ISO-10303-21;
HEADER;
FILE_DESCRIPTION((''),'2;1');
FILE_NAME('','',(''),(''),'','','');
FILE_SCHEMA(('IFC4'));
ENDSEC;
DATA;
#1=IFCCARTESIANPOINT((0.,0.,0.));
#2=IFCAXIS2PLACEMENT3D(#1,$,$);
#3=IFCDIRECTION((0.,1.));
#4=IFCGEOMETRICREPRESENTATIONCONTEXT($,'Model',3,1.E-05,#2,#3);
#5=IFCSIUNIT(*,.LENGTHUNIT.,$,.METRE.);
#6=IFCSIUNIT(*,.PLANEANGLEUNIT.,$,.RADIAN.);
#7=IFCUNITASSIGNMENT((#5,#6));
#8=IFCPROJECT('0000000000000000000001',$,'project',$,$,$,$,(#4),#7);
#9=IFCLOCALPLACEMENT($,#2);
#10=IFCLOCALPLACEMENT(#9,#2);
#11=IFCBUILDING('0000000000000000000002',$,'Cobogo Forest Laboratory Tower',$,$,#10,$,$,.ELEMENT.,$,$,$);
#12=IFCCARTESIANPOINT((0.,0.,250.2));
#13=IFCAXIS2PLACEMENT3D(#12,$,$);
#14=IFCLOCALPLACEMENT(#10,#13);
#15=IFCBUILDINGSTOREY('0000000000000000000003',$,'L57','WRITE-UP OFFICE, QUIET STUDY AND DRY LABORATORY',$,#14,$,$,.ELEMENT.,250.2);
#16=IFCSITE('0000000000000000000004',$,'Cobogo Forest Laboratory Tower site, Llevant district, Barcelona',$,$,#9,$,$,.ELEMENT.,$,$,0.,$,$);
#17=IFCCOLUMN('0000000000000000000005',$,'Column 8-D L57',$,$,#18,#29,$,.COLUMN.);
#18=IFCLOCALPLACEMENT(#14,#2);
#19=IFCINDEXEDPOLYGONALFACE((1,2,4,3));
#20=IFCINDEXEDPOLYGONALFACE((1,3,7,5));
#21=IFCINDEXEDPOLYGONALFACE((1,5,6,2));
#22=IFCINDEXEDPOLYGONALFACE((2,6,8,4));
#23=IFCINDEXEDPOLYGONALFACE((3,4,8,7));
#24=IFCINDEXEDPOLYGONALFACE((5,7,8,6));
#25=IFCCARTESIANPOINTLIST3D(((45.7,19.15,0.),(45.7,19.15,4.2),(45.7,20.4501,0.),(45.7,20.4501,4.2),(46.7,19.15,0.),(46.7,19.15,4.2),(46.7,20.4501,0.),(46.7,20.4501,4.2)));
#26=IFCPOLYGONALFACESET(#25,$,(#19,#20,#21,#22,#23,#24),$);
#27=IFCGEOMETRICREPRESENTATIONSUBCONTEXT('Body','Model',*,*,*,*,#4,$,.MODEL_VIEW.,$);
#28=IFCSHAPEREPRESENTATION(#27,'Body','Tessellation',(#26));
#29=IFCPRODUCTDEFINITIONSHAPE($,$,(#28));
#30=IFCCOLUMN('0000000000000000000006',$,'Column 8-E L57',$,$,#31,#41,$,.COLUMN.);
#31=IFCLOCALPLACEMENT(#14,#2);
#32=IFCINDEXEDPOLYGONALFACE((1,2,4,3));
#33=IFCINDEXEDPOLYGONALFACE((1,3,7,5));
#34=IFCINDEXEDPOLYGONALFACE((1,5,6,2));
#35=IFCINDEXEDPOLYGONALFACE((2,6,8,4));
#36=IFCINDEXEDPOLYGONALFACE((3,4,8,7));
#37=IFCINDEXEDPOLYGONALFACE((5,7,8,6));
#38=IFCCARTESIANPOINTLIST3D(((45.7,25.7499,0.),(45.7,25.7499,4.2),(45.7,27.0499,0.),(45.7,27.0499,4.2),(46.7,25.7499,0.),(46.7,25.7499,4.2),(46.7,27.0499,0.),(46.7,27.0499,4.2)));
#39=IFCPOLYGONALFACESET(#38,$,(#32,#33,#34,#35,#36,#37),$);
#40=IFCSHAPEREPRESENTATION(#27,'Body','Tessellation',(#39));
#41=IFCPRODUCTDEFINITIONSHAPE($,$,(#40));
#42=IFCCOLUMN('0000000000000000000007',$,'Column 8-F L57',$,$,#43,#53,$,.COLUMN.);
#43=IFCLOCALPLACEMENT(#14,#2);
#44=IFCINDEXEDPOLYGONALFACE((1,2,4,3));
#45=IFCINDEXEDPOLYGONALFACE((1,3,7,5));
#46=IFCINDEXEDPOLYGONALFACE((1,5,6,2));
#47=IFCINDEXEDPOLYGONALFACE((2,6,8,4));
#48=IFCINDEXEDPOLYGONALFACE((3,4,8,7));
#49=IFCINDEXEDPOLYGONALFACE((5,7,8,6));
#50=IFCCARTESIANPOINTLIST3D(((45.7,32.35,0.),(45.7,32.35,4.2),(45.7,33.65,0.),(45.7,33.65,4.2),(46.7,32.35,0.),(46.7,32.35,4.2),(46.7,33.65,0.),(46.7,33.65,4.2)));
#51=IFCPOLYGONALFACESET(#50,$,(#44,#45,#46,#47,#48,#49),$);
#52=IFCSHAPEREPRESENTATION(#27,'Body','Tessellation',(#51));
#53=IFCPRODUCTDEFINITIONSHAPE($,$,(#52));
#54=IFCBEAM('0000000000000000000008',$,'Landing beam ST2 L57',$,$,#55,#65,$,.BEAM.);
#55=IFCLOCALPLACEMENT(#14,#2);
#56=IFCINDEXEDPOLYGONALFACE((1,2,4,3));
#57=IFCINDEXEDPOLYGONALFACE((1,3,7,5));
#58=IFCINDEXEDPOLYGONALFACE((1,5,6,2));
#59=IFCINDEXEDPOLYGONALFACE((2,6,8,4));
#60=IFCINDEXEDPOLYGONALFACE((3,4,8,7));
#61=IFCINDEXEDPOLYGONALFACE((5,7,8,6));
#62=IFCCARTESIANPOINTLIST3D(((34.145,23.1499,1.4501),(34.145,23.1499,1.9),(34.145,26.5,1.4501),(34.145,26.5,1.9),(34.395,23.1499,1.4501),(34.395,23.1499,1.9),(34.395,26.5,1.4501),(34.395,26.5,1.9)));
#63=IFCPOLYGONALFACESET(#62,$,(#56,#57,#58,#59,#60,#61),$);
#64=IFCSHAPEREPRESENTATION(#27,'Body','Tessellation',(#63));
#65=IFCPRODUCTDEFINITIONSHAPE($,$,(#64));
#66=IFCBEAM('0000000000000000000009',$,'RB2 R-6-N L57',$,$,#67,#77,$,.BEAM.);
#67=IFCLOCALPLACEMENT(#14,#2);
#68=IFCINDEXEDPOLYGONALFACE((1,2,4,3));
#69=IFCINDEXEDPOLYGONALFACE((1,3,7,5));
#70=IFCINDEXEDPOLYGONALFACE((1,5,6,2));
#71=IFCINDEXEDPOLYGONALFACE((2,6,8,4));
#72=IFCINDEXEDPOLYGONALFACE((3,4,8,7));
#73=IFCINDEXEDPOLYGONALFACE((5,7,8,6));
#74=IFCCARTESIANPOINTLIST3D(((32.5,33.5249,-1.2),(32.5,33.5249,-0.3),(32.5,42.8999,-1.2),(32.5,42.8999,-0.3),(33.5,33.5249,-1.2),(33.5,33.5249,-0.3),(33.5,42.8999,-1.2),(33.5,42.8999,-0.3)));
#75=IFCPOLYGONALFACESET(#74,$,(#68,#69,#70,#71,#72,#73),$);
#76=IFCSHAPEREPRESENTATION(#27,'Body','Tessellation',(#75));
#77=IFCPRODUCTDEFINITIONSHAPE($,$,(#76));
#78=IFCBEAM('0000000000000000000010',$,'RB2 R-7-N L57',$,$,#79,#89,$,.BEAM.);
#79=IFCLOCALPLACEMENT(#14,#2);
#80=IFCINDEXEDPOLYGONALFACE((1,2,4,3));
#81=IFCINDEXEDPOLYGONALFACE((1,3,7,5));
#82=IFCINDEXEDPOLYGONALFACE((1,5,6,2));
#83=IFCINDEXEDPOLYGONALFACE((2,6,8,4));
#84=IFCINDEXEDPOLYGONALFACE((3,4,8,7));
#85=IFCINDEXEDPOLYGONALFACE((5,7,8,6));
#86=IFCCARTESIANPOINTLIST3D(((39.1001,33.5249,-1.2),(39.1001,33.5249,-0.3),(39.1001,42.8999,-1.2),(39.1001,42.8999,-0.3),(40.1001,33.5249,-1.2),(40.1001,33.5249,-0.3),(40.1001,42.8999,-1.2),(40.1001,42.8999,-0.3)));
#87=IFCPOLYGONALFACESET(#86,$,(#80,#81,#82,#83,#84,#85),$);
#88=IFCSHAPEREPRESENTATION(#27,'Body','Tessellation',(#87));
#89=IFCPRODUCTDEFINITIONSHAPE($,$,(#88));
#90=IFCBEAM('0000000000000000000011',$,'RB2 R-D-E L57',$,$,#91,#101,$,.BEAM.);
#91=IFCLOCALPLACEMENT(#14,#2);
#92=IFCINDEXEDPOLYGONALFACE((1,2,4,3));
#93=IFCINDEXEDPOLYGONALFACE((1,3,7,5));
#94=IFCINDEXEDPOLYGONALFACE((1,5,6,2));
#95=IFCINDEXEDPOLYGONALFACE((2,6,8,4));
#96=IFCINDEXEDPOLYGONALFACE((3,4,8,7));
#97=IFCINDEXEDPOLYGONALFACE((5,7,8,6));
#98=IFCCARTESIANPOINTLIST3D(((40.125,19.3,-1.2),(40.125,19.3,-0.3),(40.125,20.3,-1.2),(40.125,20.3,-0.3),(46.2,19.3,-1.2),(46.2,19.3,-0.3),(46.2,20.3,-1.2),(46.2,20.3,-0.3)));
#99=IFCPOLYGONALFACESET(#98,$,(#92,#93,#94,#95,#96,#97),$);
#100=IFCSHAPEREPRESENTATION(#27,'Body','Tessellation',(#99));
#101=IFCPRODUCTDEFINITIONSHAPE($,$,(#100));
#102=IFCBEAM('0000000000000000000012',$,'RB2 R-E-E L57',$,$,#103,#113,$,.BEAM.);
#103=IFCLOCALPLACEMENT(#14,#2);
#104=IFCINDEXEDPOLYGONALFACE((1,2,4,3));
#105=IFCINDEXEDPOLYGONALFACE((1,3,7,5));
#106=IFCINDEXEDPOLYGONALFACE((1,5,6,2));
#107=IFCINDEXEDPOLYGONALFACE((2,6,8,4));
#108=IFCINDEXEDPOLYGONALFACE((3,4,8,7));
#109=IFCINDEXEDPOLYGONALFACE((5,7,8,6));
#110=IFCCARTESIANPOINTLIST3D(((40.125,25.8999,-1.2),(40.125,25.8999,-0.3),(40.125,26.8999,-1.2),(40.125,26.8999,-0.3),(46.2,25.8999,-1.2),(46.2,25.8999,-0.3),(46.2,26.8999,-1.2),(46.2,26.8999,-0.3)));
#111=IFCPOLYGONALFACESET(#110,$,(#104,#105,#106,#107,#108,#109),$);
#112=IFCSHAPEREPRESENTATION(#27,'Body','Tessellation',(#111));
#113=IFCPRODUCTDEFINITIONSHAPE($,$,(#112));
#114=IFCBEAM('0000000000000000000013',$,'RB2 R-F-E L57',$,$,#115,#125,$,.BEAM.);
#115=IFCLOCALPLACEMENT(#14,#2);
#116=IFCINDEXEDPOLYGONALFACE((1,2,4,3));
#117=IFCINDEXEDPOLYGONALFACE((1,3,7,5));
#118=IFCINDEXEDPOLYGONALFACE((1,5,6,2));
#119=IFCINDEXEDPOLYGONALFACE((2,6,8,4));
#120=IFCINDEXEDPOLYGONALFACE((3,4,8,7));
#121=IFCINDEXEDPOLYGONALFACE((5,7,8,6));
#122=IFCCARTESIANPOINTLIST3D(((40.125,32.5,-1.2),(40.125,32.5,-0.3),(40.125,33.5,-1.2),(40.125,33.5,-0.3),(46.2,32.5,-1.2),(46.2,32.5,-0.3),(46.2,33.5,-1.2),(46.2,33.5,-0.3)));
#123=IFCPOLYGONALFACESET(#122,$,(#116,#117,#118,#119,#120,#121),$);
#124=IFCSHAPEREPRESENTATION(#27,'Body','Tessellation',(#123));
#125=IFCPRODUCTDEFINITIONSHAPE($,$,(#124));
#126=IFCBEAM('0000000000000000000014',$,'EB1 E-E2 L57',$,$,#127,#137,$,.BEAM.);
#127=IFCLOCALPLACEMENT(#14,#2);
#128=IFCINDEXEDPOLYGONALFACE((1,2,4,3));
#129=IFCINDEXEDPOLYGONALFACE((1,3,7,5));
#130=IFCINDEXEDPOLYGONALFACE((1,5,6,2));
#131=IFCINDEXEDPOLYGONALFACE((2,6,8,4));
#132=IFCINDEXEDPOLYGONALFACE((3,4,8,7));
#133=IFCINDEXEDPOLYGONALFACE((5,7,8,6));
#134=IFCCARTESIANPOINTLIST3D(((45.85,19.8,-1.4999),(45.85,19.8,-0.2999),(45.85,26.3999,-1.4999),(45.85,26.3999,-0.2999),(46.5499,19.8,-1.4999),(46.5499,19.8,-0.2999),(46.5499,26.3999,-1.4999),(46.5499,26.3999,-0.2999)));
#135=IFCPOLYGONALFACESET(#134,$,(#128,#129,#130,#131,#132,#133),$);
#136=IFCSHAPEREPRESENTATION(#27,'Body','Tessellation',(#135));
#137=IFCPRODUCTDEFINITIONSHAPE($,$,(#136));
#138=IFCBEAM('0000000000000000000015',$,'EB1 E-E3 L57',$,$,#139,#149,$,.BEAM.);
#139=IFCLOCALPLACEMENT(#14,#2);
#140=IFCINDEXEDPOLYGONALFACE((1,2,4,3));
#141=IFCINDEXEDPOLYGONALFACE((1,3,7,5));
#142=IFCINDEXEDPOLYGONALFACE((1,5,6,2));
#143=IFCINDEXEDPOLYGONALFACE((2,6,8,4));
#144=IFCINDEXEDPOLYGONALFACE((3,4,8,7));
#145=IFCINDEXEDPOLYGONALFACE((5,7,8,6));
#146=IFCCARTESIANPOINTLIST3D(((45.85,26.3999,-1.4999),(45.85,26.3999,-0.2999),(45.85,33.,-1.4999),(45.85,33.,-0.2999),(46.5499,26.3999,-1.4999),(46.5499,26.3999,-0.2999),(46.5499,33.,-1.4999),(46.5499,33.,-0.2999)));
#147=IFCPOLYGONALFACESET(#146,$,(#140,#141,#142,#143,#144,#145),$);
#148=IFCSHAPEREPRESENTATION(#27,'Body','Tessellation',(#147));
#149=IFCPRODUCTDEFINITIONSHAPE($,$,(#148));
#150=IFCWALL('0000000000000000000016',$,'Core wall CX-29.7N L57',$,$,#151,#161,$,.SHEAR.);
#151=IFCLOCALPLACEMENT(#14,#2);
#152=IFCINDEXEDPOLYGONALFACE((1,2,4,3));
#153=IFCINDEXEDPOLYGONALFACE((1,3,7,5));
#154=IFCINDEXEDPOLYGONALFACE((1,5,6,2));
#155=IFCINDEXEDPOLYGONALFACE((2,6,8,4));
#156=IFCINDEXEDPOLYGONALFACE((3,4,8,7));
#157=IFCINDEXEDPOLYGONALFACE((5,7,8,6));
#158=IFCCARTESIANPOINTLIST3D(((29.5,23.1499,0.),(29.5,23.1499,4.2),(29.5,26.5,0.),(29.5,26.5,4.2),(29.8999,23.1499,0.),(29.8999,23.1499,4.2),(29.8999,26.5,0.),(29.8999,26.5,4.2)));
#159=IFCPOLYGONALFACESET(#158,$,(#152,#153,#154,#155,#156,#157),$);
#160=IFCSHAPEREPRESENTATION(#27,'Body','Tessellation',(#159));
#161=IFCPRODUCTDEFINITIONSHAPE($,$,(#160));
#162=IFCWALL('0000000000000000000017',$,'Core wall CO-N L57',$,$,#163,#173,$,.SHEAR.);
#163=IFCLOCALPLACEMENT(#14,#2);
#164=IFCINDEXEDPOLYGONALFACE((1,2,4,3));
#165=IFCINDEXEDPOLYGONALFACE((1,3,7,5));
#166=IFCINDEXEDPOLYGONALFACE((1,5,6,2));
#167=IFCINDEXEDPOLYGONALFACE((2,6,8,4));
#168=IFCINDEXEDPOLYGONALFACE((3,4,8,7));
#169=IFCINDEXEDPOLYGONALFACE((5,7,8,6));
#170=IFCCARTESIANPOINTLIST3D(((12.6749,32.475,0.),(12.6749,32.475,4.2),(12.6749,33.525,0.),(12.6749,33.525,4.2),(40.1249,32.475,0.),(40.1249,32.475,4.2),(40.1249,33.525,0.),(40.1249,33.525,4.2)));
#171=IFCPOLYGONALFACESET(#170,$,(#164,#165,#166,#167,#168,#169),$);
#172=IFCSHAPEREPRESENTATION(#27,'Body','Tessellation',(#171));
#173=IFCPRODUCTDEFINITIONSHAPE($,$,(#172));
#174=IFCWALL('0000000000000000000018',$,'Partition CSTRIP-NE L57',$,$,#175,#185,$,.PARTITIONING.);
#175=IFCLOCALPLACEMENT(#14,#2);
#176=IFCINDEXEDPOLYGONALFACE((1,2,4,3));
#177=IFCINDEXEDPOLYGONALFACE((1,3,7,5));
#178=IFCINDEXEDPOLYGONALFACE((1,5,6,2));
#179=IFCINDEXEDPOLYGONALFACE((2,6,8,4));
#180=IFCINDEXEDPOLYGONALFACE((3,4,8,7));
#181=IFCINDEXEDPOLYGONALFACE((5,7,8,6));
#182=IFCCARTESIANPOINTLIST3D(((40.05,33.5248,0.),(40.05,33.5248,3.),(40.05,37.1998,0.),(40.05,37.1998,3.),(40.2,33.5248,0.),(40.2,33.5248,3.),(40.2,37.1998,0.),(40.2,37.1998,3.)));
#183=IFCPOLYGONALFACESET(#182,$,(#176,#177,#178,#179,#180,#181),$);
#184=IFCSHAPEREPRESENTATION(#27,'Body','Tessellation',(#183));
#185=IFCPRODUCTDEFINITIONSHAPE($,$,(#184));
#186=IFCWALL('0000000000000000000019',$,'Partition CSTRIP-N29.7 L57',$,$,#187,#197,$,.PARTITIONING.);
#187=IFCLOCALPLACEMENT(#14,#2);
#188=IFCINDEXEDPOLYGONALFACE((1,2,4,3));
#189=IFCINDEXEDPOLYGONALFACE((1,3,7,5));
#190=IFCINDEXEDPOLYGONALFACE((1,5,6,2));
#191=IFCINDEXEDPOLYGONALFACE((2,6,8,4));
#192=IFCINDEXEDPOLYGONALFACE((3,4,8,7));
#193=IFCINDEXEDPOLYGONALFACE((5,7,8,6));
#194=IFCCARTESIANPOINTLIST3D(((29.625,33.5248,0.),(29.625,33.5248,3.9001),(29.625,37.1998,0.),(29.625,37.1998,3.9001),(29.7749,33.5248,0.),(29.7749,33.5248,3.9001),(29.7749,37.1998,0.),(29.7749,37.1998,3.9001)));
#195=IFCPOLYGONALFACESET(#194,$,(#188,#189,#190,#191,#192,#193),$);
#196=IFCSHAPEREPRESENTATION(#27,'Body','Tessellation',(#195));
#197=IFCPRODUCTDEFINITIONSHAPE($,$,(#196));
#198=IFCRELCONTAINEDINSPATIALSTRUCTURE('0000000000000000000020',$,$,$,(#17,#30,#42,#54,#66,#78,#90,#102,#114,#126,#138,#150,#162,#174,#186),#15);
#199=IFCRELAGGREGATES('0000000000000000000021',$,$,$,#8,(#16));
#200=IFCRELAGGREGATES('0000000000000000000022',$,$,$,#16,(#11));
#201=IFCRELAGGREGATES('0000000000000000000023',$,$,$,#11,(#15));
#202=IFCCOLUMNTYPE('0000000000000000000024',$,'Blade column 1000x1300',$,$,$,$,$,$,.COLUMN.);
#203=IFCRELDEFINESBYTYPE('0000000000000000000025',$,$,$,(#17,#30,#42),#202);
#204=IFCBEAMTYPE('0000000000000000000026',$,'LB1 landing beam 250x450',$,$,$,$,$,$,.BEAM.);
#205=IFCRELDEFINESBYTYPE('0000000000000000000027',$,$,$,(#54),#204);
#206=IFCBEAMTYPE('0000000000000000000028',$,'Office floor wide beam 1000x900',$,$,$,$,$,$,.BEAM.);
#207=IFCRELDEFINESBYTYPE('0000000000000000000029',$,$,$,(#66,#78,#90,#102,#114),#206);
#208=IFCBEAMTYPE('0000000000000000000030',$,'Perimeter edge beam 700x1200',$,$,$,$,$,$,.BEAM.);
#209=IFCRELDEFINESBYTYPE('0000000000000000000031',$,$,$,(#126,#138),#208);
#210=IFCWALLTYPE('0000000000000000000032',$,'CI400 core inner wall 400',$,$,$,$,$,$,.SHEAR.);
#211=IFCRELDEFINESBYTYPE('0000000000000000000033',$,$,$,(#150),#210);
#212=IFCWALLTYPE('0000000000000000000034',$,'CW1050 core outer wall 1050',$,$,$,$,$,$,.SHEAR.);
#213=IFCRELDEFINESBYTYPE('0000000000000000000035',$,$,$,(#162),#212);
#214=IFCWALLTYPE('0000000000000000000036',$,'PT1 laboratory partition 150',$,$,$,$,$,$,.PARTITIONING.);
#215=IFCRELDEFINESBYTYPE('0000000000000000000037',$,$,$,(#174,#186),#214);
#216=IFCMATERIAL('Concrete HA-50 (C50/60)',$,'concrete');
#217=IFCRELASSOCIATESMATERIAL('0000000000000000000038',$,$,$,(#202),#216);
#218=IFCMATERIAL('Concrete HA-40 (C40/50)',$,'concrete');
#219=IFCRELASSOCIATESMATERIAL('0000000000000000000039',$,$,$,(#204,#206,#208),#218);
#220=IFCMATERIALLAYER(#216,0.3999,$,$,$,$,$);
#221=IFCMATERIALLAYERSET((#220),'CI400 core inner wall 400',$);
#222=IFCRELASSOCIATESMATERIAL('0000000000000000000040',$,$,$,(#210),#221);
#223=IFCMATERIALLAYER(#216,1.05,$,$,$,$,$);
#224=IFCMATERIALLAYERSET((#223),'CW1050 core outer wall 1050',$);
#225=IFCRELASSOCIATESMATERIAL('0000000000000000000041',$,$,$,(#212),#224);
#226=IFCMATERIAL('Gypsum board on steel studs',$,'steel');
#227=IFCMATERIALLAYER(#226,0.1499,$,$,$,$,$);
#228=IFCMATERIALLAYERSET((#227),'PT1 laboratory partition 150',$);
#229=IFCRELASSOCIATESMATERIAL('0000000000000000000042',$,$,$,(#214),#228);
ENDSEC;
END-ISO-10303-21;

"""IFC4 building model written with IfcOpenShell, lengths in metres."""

from ifc_helpers import new_model, si_unit, direction, frame, frame_2d, origin, origin_2d, place, context, subcontext, project, spatial, rectangle, extrude, material, layer, layer_set, material_profile, profile_set, type_object, element, save


model = new_model("IFC4")

# Units and contexts
model_context = context("Model", 3, precision=1e-05, world=origin(), true_north=direction((0.0, 1.0)))
body_context = subcontext(model_context, "Body", "Model", "MODEL_VIEW")
ifc_project = project(units=[si_unit("LENGTHUNIT", "METRE"), si_unit("PLANEANGLEUNIT", "RADIAN")], contexts=[model_context])

# Site, building, storey
site_placement = place(None, origin())
site = spatial("IfcSite", under=ifc_project, at=site_placement, Name="Cobogo Forest Laboratory Tower site, Llevant district, Barcelona", CompositionType="ELEMENT", RefElevation=0.0)
building_placement = place(site_placement, origin())
building = spatial("IfcBuilding", under=site, at=building_placement, Name="Cobogo Forest Laboratory Tower", CompositionType="ELEMENT")
storey_placement = place(building_placement, frame((0.0, 0.0, 250.2)))
storey = spatial("IfcBuildingStorey", under=building, at=storey_placement, Name="L57", Description="WRITE-UP OFFICE, QUIET STUDY AND DRY LABORATORY", CompositionType="ELEMENT", Elevation=250.2)

# Columns
ifc_material_1 = material(Name="Concrete HA-50 (C50/60)", Category="concrete")
ifc_material_profile_1 = material_profile(ifc_material_1, rectangle(XDim=1.3, YDim=1.0, at=origin_2d()), Name="RC 1000x1300")
ifc_profile_set_1 = profile_set([ifc_material_profile_1], Name="Concrete HA-50 (C50/60)")
column_type = type_object("IfcColumnType", Name="Blade column 1000x1300", PredefinedType="COLUMN", material=ifc_profile_set_1)
for number, where, z_axis, x_axis, name in (
    (1, (46.2, 19.8, 0.0), (0.0, 0.0, 1.0), (0.0, 1.0, 0.0), "Column 8-D L57"),
    (2, (46.2, 26.3999, 0.0), (0.0, 0.0, 1.0), (0.0, 1.0, 0.0), "Column 8-E L57"),
    (3, (46.2, 33.0, 0.0), (0.0, 0.0, 1.0), (0.0, 1.0, 0.0), "Column 8-F L57"),
):
    element("IfcColumn", number, at=place(storey_placement, frame(where, z_axis=z_axis, x_axis=x_axis)), inside=storey, type_object=column_type, Name=name, PredefinedType="COLUMN", context=body_context, shape_type="SweptSolid", body=[
        extrude(rectangle(XDim=1.3, YDim=1.0, at=origin_2d()), origin(), (0.0, 0.0, 1.0), 4.2),
    ])

# Beams
ifc_material_2 = material(Name="Concrete HA-40 (C40/50)", Category="concrete")
ifc_material_profile_2 = material_profile(ifc_material_2, rectangle(XDim=0.25, YDim=0.45, at=origin_2d()), Name="RC 250x450")
ifc_profile_set_2 = profile_set([ifc_material_profile_2], Name="Concrete HA-40 (C40/50)")
beam_type_1 = type_object("IfcBeamType", Name="LB1 landing beam 250x450", PredefinedType="BEAM", material=ifc_profile_set_2)
beam_1_placement = place(storey_placement, frame((34.27, 23.1499, 1.675), z_axis=(0.0, 1.0, 0.0), x_axis=(-1.0, 0.0, 0.0)))
element("IfcBeam", 4, at=beam_1_placement, inside=storey, type_object=beam_type_1, Name="Landing beam ST2 L57", PredefinedType="BEAM", context=body_context, shape_type="SweptSolid", body=[
    extrude(rectangle(XDim=0.25, YDim=0.45, at=origin_2d()), origin(), (0.0, 0.0, 1.0), 3.3501),
])
ifc_material_profile_3 = material_profile(ifc_material_2, rectangle(XDim=1.0, YDim=0.8999, at=origin_2d()), Name="RC 1000x900")
ifc_profile_set_3 = profile_set([ifc_material_profile_3], Name="Concrete HA-40 (C40/50)")
beam_type_2 = type_object("IfcBeamType", Name="Office floor wide beam 1000x900", PredefinedType="BEAM", material=ifc_profile_set_3)
for number, where, z_axis, x_axis, name in (
    (5, (33.0, 33.5249, -0.75), (0.0, 1.0, 0.0), (-1.0, 0.0, 0.0), "RB2 R-6-N L57"),
    (6, (39.6001, 33.5249, -0.75), (0.0, 1.0, 0.0), (-1.0, 0.0, 0.0), "RB2 R-7-N L57"),
):
    element("IfcBeam", number, at=place(storey_placement, frame(where, z_axis=z_axis, x_axis=x_axis)), inside=storey, type_object=beam_type_2, Name=name, PredefinedType="BEAM", context=body_context, shape_type="SweptSolid", body=[
        extrude(rectangle(XDim=1.0, YDim=0.8999, at=origin_2d()), origin(), (0.0, 0.0, 1.0), 9.375),
    ])
for number, where, z_axis, x_axis, name in (
    (7, (40.125, 19.8, -0.75), (1.0, 0.0, 0.0), (0.0, 1.0, 0.0), "RB2 R-D-E L57"),
    (8, (40.125, 26.3999, -0.75), (1.0, 0.0, 0.0), (0.0, 1.0, 0.0), "RB2 R-E-E L57"),
    (9, (40.125, 33.0, -0.75), (1.0, 0.0, 0.0), (0.0, 1.0, 0.0), "RB2 R-F-E L57"),
):
    element("IfcBeam", number, at=place(storey_placement, frame(where, z_axis=z_axis, x_axis=x_axis)), inside=storey, type_object=beam_type_2, Name=name, PredefinedType="BEAM", context=body_context, shape_type="SweptSolid", body=[
        extrude(rectangle(XDim=1.0, YDim=0.8999, at=origin_2d()), origin(), (0.0, 0.0, 1.0), 6.075),
    ])
ifc_material_profile_4 = material_profile(ifc_material_2, rectangle(XDim=0.7, YDim=1.2, at=origin_2d()), Name="RC 700x1200")
ifc_profile_set_4 = profile_set([ifc_material_profile_4], Name="Concrete HA-40 (C40/50)")
beam_type_3 = type_object("IfcBeamType", Name="Perimeter edge beam 700x1200", PredefinedType="BEAM", material=ifc_profile_set_4)
beam_2_placement = place(storey_placement, frame((46.2, 19.8, -0.8999), z_axis=(0.0, 1.0, 0.0), x_axis=(-1.0, 0.0, 0.0)))
element("IfcBeam", 10, at=beam_2_placement, inside=storey, type_object=beam_type_3, Name="EB1 E-E2 L57", PredefinedType="BEAM", context=body_context, shape_type="SweptSolid", body=[
    extrude(rectangle(XDim=0.7, YDim=1.2, at=origin_2d()), origin(), (0.0, 0.0, 1.0), 6.5999),
])
beam_3_placement = place(storey_placement, frame((46.2, 26.3999, -0.8999), z_axis=(0.0, 1.0, 0.0), x_axis=(-1.0, 0.0, 0.0)))
element("IfcBeam", 11, at=beam_3_placement, inside=storey, type_object=beam_type_3, Name="EB1 E-E3 L57", PredefinedType="BEAM", context=body_context, shape_type="SweptSolid", body=[
    extrude(rectangle(XDim=0.7, YDim=1.2, at=origin_2d()), origin(), (0.0, 0.0, 1.0), 6.6001),
])

# Walls
ifc_layer_1 = layer(ifc_material_1, 0.3999)
ifc_layer_set_1 = layer_set([ifc_layer_1], Name="CI400 core inner wall 400")
wall_type_1 = type_object("IfcWallType", Name="CI400 core inner wall 400", PredefinedType="SHEAR", material=ifc_layer_set_1)
wall_1_placement = place(storey_placement, frame((29.7, 23.1499, 0.0), z_axis=(0.0, 0.0, 1.0), x_axis=(0.0, 1.0, 0.0)))
element("IfcWall", 12, at=wall_1_placement, inside=storey, type_object=wall_type_1, Name="Core wall CX-29.7N L57", PredefinedType="SHEAR", context=body_context, shape_type="SweptSolid", body=[
    extrude(rectangle(XDim=3.3501, YDim=0.3999, at=frame_2d((1.675, 0.0))), origin(), (0.0, 0.0, 1.0), 4.2),
])
ifc_layer_2 = layer(ifc_material_1, 1.05)
ifc_layer_set_2 = layer_set([ifc_layer_2], Name="CW1050 core outer wall 1050")
wall_type_2 = type_object("IfcWallType", Name="CW1050 core outer wall 1050", PredefinedType="SHEAR", material=ifc_layer_set_2)
wall_2_placement = place(storey_placement, frame((40.125, 33.0, 0.0), z_axis=(0.0, 0.0, 1.0), x_axis=(-1.0, 0.0, 0.0)))
element("IfcWall", 13, at=wall_2_placement, inside=storey, type_object=wall_type_2, Name="Core wall CO-N L57", PredefinedType="SHEAR", context=body_context, shape_type="SweptSolid", body=[
    extrude(rectangle(XDim=27.45, YDim=1.05, at=frame_2d((13.7251, 0.0))), origin(), (0.0, 0.0, 1.0), 4.2),
])
ifc_material_3 = material(Name="Gypsum board on steel studs", Category="steel")
ifc_layer_3 = layer(ifc_material_3, 0.1499)
ifc_layer_set_3 = layer_set([ifc_layer_3], Name="PT1 laboratory partition 150")
wall_type_3 = type_object("IfcWallType", Name="PT1 laboratory partition 150", PredefinedType="PARTITIONING", material=ifc_layer_set_3)
wall_3_placement = place(storey_placement, frame((40.125, 33.5249, 0.0), z_axis=(0.0, 0.0, 1.0), x_axis=(0.0, 1.0, 0.0)))
element("IfcWall", 14, at=wall_3_placement, inside=storey, type_object=wall_type_3, Name="Partition CSTRIP-NE L57", PredefinedType="PARTITIONING", context=body_context, shape_type="SweptSolid", body=[
    extrude(rectangle(XDim=3.675, YDim=0.1499, at=frame_2d((1.8374, 0.0))), origin(), (0.0, 0.0, 1.0), 3.0),
])
wall_4_placement = place(storey_placement, frame((29.7, 33.5249, 0.0), z_axis=(0.0, 0.0, 1.0), x_axis=(0.0, 1.0, 0.0)))
element("IfcWall", 15, at=wall_4_placement, inside=storey, type_object=wall_type_3, Name="Partition CSTRIP-N29.7 L57", PredefinedType="PARTITIONING", context=body_context, shape_type="SweptSolid", body=[
    extrude(rectangle(XDim=3.675, YDim=0.1499, at=frame_2d((1.8374, 0.0))), origin(), (0.0, 0.0, 1.0), 3.9001),
])

save(model, "model.ifc")
